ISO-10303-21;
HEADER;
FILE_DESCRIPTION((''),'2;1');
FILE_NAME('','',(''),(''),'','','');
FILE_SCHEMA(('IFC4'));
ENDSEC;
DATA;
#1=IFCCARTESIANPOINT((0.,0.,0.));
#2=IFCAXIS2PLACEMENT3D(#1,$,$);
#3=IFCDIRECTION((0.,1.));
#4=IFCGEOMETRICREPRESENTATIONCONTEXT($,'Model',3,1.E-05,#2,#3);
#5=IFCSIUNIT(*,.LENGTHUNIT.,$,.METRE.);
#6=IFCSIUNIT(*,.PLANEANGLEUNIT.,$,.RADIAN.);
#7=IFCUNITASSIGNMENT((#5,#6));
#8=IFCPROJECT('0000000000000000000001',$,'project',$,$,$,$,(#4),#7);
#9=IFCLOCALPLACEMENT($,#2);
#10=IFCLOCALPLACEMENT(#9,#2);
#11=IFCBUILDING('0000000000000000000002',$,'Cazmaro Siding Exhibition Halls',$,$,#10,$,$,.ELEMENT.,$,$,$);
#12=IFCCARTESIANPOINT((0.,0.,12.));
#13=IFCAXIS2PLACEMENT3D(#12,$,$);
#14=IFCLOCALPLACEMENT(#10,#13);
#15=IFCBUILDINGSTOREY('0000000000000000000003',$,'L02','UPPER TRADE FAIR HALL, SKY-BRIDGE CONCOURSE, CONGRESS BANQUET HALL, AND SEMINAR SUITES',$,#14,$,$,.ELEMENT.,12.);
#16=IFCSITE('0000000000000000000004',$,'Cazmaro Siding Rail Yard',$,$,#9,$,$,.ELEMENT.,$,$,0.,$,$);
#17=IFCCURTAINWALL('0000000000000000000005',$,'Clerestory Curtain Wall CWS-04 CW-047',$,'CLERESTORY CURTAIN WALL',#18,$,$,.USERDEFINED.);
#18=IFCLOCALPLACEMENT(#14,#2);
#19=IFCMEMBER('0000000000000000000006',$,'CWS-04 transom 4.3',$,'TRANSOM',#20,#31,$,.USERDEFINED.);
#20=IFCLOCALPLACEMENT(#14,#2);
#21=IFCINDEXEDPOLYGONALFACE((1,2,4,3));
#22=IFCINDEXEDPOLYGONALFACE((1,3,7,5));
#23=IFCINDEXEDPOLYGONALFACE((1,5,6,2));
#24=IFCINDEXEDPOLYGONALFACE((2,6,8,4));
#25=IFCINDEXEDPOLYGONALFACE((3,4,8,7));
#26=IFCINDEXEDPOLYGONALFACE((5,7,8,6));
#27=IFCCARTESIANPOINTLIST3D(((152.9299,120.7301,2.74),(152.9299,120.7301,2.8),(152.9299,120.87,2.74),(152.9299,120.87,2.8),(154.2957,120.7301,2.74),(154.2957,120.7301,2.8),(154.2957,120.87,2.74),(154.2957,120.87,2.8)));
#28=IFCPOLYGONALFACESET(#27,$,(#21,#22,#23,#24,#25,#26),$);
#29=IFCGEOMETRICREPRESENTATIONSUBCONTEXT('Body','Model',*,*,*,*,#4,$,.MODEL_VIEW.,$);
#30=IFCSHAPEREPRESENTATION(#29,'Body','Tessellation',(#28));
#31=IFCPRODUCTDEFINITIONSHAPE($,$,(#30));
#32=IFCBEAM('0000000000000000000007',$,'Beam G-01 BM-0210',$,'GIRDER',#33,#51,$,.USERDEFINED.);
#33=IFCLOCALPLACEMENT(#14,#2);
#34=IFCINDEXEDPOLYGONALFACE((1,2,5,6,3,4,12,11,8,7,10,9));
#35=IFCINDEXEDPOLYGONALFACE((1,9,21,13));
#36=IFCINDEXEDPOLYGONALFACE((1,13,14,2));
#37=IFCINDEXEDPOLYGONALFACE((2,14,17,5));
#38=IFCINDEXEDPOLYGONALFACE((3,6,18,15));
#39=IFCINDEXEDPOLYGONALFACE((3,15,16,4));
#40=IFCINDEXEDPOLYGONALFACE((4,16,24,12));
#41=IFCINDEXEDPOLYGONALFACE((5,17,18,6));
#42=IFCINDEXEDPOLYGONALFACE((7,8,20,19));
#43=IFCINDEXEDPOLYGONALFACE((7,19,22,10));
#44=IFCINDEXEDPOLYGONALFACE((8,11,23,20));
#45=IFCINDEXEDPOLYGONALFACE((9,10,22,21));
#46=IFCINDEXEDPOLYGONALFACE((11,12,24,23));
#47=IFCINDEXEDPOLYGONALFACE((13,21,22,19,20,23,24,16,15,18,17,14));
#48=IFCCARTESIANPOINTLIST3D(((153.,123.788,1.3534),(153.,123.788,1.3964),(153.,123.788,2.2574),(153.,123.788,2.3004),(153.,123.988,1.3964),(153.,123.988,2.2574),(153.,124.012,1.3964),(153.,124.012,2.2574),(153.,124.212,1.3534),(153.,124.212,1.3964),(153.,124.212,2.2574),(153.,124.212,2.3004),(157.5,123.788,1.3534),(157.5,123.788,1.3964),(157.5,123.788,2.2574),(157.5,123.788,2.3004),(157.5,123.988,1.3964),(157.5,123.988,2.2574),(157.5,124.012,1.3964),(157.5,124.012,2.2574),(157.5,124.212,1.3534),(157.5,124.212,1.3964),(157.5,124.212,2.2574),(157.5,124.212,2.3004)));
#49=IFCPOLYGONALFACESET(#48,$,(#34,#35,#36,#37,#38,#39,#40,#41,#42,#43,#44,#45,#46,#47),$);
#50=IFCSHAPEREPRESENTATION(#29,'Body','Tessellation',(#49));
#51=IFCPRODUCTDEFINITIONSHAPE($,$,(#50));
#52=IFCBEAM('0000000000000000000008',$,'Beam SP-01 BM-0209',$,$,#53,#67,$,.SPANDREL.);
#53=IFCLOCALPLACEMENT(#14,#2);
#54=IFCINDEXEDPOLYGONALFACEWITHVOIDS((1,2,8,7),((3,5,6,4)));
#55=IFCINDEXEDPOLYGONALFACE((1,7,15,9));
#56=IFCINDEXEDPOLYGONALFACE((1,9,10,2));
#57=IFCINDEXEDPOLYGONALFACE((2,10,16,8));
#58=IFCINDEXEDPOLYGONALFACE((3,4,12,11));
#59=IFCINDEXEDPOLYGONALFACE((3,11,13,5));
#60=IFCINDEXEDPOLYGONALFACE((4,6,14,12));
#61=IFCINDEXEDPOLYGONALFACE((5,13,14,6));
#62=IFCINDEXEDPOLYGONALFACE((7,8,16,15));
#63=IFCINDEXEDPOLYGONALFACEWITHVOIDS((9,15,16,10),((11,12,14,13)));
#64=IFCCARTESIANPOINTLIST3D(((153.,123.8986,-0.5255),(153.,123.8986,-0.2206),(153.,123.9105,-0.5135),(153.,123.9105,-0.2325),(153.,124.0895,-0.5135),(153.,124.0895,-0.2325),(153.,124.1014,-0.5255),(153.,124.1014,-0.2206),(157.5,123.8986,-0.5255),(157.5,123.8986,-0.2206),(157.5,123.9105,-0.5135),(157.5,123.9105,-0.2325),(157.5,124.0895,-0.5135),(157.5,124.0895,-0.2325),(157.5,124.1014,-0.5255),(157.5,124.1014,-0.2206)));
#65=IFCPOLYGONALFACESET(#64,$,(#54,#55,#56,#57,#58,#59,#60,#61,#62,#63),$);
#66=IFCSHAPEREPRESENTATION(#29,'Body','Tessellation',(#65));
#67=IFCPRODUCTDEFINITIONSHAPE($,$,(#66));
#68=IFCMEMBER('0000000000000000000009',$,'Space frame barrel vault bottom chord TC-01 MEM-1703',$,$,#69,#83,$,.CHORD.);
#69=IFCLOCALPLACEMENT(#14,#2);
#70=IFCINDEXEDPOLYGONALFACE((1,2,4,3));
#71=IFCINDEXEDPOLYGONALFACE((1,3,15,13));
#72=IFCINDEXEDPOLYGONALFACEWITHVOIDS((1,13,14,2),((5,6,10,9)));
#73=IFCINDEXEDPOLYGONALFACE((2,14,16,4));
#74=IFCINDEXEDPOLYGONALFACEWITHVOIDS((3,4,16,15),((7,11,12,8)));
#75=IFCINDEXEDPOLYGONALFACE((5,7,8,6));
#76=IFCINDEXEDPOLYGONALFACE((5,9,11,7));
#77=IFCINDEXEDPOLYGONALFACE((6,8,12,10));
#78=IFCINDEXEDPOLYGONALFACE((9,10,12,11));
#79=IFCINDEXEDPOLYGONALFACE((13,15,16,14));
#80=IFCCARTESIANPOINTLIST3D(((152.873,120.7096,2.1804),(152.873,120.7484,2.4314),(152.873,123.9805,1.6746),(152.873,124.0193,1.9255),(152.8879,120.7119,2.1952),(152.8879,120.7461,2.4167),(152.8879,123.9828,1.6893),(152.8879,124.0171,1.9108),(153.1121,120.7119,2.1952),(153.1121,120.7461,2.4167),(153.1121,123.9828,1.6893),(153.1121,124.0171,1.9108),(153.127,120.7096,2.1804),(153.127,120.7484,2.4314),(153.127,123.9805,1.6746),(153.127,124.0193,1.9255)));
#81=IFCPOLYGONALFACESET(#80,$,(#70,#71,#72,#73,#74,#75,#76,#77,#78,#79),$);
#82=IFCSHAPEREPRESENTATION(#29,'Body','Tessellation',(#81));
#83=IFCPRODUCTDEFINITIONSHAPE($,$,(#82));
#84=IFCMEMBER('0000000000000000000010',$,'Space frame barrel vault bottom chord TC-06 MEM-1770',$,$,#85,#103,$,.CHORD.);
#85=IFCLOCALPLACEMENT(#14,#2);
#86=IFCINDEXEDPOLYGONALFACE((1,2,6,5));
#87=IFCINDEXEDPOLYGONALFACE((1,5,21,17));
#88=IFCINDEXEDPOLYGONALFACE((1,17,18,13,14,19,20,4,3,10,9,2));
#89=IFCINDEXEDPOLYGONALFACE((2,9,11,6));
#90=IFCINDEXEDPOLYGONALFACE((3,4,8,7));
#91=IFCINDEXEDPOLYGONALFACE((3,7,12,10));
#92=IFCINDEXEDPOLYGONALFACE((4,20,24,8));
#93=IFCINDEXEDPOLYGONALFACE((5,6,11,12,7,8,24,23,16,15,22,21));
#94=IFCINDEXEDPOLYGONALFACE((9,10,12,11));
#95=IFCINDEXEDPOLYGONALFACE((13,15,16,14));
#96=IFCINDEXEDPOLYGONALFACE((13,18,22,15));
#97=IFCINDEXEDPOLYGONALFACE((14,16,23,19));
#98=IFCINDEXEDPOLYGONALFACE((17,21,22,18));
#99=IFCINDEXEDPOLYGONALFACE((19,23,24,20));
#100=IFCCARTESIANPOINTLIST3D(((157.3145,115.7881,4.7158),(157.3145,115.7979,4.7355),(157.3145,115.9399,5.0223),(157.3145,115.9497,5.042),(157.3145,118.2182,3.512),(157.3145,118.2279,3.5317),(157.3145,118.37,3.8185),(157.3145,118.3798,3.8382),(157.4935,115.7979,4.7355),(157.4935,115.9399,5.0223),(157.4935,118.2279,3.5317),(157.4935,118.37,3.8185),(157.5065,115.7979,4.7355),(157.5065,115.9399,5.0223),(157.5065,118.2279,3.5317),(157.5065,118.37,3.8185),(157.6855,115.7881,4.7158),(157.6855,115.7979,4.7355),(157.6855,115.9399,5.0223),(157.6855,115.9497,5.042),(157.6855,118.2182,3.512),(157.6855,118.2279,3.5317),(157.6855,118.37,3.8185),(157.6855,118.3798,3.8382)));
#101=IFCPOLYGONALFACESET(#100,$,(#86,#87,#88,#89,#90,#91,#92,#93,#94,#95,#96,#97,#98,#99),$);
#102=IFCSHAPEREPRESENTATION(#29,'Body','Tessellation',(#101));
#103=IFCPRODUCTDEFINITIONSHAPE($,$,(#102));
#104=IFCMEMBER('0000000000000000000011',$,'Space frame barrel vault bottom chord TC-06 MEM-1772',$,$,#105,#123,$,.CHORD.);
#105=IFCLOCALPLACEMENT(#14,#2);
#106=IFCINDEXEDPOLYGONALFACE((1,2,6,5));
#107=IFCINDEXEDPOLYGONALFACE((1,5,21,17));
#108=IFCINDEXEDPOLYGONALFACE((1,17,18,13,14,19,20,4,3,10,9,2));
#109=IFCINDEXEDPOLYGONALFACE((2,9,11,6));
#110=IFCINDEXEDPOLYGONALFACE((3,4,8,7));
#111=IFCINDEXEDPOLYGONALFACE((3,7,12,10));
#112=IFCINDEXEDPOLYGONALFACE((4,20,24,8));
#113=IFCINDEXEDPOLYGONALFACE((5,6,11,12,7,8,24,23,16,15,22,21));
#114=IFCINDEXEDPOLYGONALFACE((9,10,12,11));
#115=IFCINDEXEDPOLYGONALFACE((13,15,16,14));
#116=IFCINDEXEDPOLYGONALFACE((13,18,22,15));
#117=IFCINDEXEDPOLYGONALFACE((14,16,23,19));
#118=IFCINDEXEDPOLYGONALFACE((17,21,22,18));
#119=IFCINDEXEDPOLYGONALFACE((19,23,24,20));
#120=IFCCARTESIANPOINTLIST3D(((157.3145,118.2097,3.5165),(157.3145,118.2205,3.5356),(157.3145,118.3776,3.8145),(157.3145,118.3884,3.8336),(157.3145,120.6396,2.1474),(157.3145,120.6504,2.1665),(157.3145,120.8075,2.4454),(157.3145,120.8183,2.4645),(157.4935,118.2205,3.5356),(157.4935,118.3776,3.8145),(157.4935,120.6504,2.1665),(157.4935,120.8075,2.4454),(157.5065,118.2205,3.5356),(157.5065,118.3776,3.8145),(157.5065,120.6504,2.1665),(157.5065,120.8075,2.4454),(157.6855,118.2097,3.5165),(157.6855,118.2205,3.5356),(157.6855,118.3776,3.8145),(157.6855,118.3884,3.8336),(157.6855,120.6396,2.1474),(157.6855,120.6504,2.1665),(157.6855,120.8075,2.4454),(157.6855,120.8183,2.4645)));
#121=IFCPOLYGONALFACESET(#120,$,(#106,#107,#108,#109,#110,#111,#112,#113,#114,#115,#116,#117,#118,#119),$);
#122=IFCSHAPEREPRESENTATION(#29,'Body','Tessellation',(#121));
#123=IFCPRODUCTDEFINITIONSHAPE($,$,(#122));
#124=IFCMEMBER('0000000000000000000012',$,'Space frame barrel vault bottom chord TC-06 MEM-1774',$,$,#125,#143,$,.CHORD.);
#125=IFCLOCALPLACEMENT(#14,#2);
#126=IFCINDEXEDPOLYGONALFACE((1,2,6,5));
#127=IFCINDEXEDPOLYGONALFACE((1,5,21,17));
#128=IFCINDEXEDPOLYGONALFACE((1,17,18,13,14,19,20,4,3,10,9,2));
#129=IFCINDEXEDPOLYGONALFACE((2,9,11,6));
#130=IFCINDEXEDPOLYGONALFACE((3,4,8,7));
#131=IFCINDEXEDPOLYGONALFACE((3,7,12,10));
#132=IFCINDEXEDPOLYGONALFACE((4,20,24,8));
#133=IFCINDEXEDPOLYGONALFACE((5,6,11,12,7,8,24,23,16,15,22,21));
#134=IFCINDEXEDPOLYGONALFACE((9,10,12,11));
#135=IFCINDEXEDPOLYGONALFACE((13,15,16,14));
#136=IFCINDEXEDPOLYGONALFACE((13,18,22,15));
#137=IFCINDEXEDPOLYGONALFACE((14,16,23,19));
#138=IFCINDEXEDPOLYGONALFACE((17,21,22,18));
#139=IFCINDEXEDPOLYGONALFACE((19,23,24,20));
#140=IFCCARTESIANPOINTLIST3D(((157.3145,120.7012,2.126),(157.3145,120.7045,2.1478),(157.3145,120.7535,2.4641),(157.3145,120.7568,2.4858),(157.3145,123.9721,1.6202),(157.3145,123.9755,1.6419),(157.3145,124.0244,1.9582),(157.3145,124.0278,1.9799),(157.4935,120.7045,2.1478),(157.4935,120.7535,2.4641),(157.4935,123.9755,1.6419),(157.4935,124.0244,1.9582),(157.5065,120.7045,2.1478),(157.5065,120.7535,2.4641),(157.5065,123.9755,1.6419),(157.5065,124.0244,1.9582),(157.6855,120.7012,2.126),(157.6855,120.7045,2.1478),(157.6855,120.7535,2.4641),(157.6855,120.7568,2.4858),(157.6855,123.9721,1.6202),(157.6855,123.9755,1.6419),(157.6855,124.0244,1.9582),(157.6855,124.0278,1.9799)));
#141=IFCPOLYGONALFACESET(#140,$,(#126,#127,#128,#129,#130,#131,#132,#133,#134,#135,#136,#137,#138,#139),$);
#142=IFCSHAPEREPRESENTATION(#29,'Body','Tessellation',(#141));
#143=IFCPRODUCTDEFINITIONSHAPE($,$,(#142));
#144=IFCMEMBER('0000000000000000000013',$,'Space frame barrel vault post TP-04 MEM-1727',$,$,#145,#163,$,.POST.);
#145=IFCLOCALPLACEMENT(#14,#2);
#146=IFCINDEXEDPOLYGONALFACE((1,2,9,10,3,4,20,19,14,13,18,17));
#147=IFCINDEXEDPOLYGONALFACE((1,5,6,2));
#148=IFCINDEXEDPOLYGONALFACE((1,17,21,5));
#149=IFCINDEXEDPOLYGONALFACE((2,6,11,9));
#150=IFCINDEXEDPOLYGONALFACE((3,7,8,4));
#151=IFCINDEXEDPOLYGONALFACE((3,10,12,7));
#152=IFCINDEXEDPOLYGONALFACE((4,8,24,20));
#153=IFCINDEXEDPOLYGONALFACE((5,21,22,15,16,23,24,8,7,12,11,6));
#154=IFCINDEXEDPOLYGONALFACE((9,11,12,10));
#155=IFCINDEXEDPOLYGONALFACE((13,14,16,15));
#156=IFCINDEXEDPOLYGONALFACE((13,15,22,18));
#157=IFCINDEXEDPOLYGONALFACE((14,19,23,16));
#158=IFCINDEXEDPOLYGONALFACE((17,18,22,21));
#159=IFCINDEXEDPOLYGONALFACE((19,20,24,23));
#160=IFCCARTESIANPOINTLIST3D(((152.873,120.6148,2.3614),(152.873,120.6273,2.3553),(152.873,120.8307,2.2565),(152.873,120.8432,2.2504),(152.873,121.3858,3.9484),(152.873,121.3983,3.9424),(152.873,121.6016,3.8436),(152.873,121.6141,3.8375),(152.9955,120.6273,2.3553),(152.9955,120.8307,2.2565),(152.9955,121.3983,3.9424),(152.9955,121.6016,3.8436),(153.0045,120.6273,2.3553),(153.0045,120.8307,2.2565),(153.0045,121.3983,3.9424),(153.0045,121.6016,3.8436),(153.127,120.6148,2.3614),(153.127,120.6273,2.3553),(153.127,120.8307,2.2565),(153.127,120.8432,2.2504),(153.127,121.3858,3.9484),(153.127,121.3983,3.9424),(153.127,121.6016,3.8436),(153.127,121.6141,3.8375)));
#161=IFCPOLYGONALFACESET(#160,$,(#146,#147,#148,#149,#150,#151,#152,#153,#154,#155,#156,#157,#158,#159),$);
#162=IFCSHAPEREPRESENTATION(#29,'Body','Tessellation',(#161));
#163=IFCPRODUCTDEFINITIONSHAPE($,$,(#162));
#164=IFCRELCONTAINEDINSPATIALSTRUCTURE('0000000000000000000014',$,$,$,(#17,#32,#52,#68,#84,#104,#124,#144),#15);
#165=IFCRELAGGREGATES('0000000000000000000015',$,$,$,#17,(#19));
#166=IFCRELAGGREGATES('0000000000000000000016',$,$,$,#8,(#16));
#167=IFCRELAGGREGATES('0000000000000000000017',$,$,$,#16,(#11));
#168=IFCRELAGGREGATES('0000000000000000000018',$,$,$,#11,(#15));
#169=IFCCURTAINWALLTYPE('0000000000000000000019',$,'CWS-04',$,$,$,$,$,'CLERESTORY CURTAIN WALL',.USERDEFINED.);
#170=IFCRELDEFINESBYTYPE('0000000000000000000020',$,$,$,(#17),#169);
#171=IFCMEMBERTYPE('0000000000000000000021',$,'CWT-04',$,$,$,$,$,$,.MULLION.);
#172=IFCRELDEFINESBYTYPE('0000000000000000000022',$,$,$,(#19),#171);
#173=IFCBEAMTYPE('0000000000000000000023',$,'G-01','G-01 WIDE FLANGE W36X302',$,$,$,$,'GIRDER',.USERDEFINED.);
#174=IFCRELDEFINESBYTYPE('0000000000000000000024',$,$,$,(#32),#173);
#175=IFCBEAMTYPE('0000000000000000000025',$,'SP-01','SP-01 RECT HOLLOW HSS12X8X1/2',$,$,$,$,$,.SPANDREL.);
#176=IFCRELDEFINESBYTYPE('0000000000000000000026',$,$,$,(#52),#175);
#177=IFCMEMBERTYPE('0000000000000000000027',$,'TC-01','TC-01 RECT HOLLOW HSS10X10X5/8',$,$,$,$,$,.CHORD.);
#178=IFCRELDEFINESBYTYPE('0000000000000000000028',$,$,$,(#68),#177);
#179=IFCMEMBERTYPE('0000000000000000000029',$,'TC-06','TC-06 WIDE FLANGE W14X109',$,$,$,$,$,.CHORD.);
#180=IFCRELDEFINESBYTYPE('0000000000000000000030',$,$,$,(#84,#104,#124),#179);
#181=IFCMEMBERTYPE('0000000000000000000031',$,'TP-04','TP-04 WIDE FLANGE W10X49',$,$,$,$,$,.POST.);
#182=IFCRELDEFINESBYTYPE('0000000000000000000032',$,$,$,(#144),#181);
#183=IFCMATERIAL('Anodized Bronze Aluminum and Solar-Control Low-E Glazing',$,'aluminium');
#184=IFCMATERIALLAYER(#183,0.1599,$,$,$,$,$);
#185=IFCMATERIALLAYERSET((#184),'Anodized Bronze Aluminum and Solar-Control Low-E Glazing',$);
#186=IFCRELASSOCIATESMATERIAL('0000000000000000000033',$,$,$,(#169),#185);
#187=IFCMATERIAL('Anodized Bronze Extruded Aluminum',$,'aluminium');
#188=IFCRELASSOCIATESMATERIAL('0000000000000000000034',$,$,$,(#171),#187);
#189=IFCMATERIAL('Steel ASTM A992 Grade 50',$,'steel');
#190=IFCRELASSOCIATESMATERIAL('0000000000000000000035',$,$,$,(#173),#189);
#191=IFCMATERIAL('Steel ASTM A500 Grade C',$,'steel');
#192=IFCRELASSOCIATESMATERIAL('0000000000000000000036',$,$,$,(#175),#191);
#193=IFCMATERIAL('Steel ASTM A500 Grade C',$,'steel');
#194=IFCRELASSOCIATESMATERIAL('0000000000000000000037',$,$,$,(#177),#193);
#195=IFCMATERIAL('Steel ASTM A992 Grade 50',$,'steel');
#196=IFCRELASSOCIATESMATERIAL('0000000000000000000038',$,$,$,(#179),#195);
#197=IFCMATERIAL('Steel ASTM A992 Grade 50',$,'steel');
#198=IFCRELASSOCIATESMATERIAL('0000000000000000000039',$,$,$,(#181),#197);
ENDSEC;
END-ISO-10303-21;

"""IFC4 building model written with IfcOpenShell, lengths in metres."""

from ifc_helpers import new_model, si_unit, direction, frame, origin, origin_2d, place, context, subcontext, project, spatial, rectangle, hollow_rectangle, i_section, extrude, material, layer, layer_set, material_profile, profile_set, type_object, element, aggregate, save


model = new_model("IFC4")

# Units and contexts
model_context = context("Model", 3, precision=1e-05, world=origin(), true_north=direction((0.0, 1.0)))
body_context = subcontext(model_context, "Body", "Model", "MODEL_VIEW")
ifc_project = project(units=[si_unit("LENGTHUNIT", "METRE"), si_unit("PLANEANGLEUNIT", "RADIAN")], contexts=[model_context])

# Site, building, storey
site_placement = place(None, origin())
site = spatial("IfcSite", under=ifc_project, at=site_placement, Name="Cazmaro Siding Rail Yard", CompositionType="ELEMENT", RefElevation=0.0)
building_placement = place(site_placement, origin())
building = spatial("IfcBuilding", under=site, at=building_placement, Name="Cazmaro Siding Exhibition Halls", CompositionType="ELEMENT")
storey_placement = place(building_placement, frame((0.0, 0.0, 12.0)))
storey = spatial("IfcBuildingStorey", under=building, at=storey_placement, Name="L02", Description="UPPER TRADE FAIR HALL, SKY-BRIDGE CONCOURSE, CONGRESS BANQUET HALL, AND SEMINAR SUITES", CompositionType="ELEMENT", Elevation=12.0)

# Curtain wall, member
ifc_material_1 = material(Name="Anodized Bronze Aluminum and Solar-Control Low-E Glazing", Category="aluminium")
ifc_layer_1 = layer(ifc_material_1, 0.1599)
ifc_layer_set_1 = layer_set([ifc_layer_1], Name="Anodized Bronze Aluminum and Solar-Control Low-E Glazing")
curtain_wall_type = type_object("IfcCurtainWallType", Name="CWS-04", ElementType="CLERESTORY CURTAIN WALL", PredefinedType="USERDEFINED", material=ifc_layer_set_1)
curtain_wall_placement = place(storey_placement, origin())
curtain_wall = element("IfcCurtainWall", 1, at=curtain_wall_placement, inside=storey, type_object=curtain_wall_type, Name="Clerestory Curtain Wall CWS-04 CW-047", ObjectType="CLERESTORY CURTAIN WALL", PredefinedType="USERDEFINED")
ifc_material_2 = material(Name="Anodized Bronze Extruded Aluminum", Category="aluminium")
ifc_material_profile_1 = material_profile(ifc_material_2, rectangle(XDim=0.1399, YDim=0.0601, at=origin_2d()), Name="CWT-04")
ifc_profile_set_1 = profile_set([ifc_material_profile_1], Name="Anodized Bronze Extruded Aluminum")
member_type_1 = type_object("IfcMemberType", Name="CWT-04", PredefinedType="MULLION", material=ifc_profile_set_1)
member_1_placement = place(storey_placement, frame((154.2957, 120.8, 2.77), z_axis=(-1.0, 0.0, 0.0), x_axis=(0.0, -1.0, 0.0)))
member_1 = element("IfcMember", 2, at=member_1_placement, type_object=member_type_1, Name="CWS-04 transom 4.3", ObjectType="TRANSOM", PredefinedType="USERDEFINED", context=body_context, shape_type="SweptSolid", body=[
    extrude(rectangle(XDim=0.1399, YDim=0.0601, at=origin_2d()), origin(), (0.0, 0.0, 1.0), 1.3657),
])

# Beams
ifc_material_3 = material(Name="Steel ASTM A992 Grade 50", Category="steel")
ifc_material_profile_2 = material_profile(ifc_material_3, i_section(OverallWidth=0.4241, OverallDepth=0.947, WebThickness=0.0239, FlangeThickness=0.043, at=origin_2d()), Name="W36X302")
ifc_profile_set_2 = profile_set([ifc_material_profile_2], Name="Steel ASTM A992 Grade 50")
beam_type_1 = type_object("IfcBeamType", Name="G-01", Description="G-01 WIDE FLANGE W36X302", ElementType="GIRDER", PredefinedType="USERDEFINED", material=ifc_profile_set_2)
beam_1_placement = place(storey_placement, frame((153.0, 124.0, 1.8269), z_axis=(1.0, 0.0, 0.0), x_axis=(0.0, 1.0, 0.0)))
element("IfcBeam", 3, at=beam_1_placement, inside=storey, type_object=beam_type_1, Name="Beam G-01 BM-0210", ObjectType="GIRDER", PredefinedType="USERDEFINED", context=body_context, shape_type="SweptSolid", body=[
    extrude(i_section(OverallWidth=0.4241, OverallDepth=0.947, WebThickness=0.0239, FlangeThickness=0.043, at=origin_2d()), origin(), (0.0, 0.0, 1.0), 4.5),
])
ifc_material_4 = material(Name="Steel ASTM A500 Grade C", Category="steel")
ifc_material_profile_3 = material_profile(ifc_material_4, hollow_rectangle(XDim=0.2029, YDim=0.3049, WallThickness=0.012, at=origin_2d()), Name="HSS12X8X1/2")
ifc_profile_set_3 = profile_set([ifc_material_profile_3], Name="Steel ASTM A500 Grade C")
beam_type_2 = type_object("IfcBeamType", Name="SP-01", Description="SP-01 RECT HOLLOW HSS12X8X1/2", PredefinedType="SPANDREL", material=ifc_profile_set_3)
beam_2_placement = place(storey_placement, frame((153.0, 124.0, -0.373), z_axis=(1.0, 0.0, 0.0), x_axis=(0.0, 1.0, 0.0)))
element("IfcBeam", 4, at=beam_2_placement, inside=storey, type_object=beam_type_2, Name="Beam SP-01 BM-0209", PredefinedType="SPANDREL", context=body_context, shape_type="SweptSolid", body=[
    extrude(hollow_rectangle(XDim=0.2029, YDim=0.3049, WallThickness=0.012, at=origin_2d()), origin(), (0.0, 0.0, 1.0), 4.5),
])

# Members
ifc_material_5 = material(Name="Steel ASTM A500 Grade C", Category="steel")
ifc_material_profile_4 = material_profile(ifc_material_5, hollow_rectangle(XDim=0.2539, YDim=0.2539, WallThickness=0.0149, at=origin_2d()), Name="HSS10X10X5/8")
ifc_profile_set_4 = profile_set([ifc_material_profile_4], Name="Steel ASTM A500 Grade C")
member_type_2 = type_object("IfcMemberType", Name="TC-01", Description="TC-01 RECT HOLLOW HSS10X10X5/8", PredefinedType="CHORD", material=ifc_profile_set_4)
member_2_placement = place(storey_placement, frame((153.0, 120.729, 2.3059), z_axis=(0.0, 0.988252, -0.152833), x_axis=(-1.0, 0.0, 0.0)))
element("IfcMember", 5, at=member_2_placement, inside=storey, type_object=member_type_2, Name="Space frame barrel vault bottom chord TC-01 MEM-1703", PredefinedType="CHORD", context=body_context, shape_type="SweptSolid", body=[
    extrude(hollow_rectangle(XDim=0.2539, YDim=0.2539, WallThickness=0.0149, at=origin_2d()), origin(), (0.0, 0.0, 1.0), 3.3098),
])
ifc_material_6 = material(Name="Steel ASTM A992 Grade 50", Category="steel")
ifc_material_profile_5 = material_profile(ifc_material_6, i_section(OverallWidth=0.3711, OverallDepth=0.364, WebThickness=0.0129, FlangeThickness=0.022, at=origin_2d()), Name="W14X109")
ifc_profile_set_5 = profile_set([ifc_material_profile_5], Name="Steel ASTM A992 Grade 50")
member_type_3 = type_object("IfcMemberType", Name="TC-06", Description="TC-06 WIDE FLANGE W14X109", PredefinedType="CHORD", material=ifc_profile_set_5)
member_3_placement = place(storey_placement, frame((157.5, 115.8689, 4.8789), z_axis=(0.0, 0.896077, -0.443898), x_axis=(-1.0, 0.0, 0.0)))
element("IfcMember", 6, at=member_3_placement, inside=storey, type_object=member_type_3, Name="Space frame barrel vault bottom chord TC-06 MEM-1770", PredefinedType="CHORD", context=body_context, shape_type="SweptSolid", body=[
    extrude(i_section(OverallWidth=0.3711, OverallDepth=0.364, WebThickness=0.0129, FlangeThickness=0.022, at=origin_2d()), origin(), (0.0, 0.0, 1.0), 2.7119),
])
member_4_placement = place(storey_placement, frame((157.5, 118.2991, 3.675), z_axis=(0.0, 0.871222, -0.490889), x_axis=(-1.0, 0.0, 0.0)))
element("IfcMember", 7, at=member_4_placement, inside=storey, type_object=member_type_3, Name="Space frame barrel vault bottom chord TC-06 MEM-1772", PredefinedType="CHORD", context=body_context, shape_type="SweptSolid", body=[
    extrude(i_section(OverallWidth=0.3711, OverallDepth=0.364, WebThickness=0.0129, FlangeThickness=0.022, at=origin_2d()), origin(), (0.0, 0.0, 1.0), 2.7891),
])
member_5_placement = place(storey_placement, frame((157.5, 120.729, 2.3059), z_axis=(0.0, 0.988252, -0.152833), x_axis=(-1.0, 0.0, 0.0)))
element("IfcMember", 8, at=member_5_placement, inside=storey, type_object=member_type_3, Name="Space frame barrel vault bottom chord TC-06 MEM-1774", PredefinedType="CHORD", context=body_context, shape_type="SweptSolid", body=[
    extrude(i_section(OverallWidth=0.3711, OverallDepth=0.364, WebThickness=0.0129, FlangeThickness=0.022, at=origin_2d()), origin(), (0.0, 0.0, 1.0), 3.3098),
])
ifc_material_7 = material(Name="Steel ASTM A992 Grade 50", Category="steel")
ifc_material_profile_6 = material_profile(ifc_material_7, i_section(OverallWidth=0.2539, OverallDepth=0.2539, WebThickness=0.009, FlangeThickness=0.0139, at=origin_2d()), Name="W10X49")
ifc_profile_set_6 = profile_set([ifc_material_profile_6], Name="Steel ASTM A992 Grade 50")
member_type_4 = type_object("IfcMemberType", Name="TP-04", Description="TP-04 WIDE FLANGE W10X49", PredefinedType="POST", material=ifc_profile_set_6)
member_6_placement = place(storey_placement, frame((153.0, 120.729, 2.3059), z_axis=(0.0, 0.436946, 0.899488), x_axis=(-1.0, 0.0, 0.0)))
element("IfcMember", 9, at=member_6_placement, inside=storey, type_object=member_type_4, Name="Space frame barrel vault post TP-04 MEM-1727", PredefinedType="POST", context=body_context, shape_type="SweptSolid", body=[
    extrude(i_section(OverallWidth=0.2539, OverallDepth=0.2539, WebThickness=0.009, FlangeThickness=0.0139, at=origin_2d()), origin(), (0.0, 0.0, 1.0), 1.7644),
])

aggregate(curtain_wall, [member_1])

save(model, "model.ifc")
